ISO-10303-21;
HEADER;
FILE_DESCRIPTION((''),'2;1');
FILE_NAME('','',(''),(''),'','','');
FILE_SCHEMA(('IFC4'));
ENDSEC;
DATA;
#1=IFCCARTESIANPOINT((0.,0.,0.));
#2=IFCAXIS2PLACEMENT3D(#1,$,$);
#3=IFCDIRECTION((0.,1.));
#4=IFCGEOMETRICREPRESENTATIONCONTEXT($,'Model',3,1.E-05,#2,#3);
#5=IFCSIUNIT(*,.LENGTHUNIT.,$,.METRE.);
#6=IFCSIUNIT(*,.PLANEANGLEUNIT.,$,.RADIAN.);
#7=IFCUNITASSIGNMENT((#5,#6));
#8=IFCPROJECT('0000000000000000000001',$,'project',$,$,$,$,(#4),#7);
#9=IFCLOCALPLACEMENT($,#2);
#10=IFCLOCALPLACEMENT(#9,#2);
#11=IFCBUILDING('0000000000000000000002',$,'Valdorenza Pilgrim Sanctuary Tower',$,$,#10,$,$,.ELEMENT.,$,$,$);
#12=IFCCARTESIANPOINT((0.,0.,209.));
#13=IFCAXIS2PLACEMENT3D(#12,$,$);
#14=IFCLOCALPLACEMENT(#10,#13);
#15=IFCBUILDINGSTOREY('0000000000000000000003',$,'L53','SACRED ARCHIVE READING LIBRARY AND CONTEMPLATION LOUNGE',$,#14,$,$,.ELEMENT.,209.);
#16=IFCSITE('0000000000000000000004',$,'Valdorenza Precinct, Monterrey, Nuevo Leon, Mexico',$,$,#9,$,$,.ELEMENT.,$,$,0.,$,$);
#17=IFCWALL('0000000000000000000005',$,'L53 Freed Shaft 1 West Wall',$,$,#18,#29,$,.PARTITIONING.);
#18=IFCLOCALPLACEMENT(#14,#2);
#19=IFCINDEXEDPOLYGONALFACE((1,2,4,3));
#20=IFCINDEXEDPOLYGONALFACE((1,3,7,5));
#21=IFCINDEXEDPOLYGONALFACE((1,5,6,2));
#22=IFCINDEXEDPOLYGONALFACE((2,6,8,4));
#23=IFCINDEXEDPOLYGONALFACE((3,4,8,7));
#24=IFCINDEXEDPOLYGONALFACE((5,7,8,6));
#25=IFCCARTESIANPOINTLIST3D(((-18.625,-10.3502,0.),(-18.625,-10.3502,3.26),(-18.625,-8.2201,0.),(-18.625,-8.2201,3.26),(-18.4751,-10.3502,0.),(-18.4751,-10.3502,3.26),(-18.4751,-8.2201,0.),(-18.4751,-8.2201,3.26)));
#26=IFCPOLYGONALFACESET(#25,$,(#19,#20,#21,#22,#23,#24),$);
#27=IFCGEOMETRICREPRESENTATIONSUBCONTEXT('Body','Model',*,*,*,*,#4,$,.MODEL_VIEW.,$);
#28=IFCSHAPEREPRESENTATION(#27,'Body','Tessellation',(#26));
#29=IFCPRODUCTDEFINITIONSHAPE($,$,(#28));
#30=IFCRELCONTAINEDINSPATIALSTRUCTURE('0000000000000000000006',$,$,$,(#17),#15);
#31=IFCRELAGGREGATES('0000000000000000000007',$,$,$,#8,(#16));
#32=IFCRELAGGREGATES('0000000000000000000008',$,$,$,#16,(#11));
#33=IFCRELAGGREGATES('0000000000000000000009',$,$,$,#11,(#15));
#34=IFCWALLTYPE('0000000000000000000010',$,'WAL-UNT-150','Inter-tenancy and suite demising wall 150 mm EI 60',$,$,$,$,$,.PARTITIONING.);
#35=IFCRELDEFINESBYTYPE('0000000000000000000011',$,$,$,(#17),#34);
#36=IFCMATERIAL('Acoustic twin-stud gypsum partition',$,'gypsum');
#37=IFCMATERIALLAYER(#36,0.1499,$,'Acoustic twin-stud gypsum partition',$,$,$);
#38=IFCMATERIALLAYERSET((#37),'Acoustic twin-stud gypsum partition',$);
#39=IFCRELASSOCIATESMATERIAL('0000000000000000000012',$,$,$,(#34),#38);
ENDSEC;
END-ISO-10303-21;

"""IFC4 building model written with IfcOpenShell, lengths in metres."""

from ifc_helpers import new_model, si_unit, direction, frame, frame_2d, origin, place, context, subcontext, project, spatial, rectangle, extrude, material, layer, layer_set, type_object, element, save


model = new_model("IFC4")

# Units and contexts
model_context = context("Model", 3, precision=1e-05, world=origin(), true_north=direction((0.0, 1.0)))
body_context = subcontext(model_context, "Body", "Model", "MODEL_VIEW")
ifc_project = project(units=[si_unit("LENGTHUNIT", "METRE"), si_unit("PLANEANGLEUNIT", "RADIAN")], contexts=[model_context])

# Site, building, storey
site_placement = place(None, origin())
site = spatial("IfcSite", under=ifc_project, at=site_placement, Name="Valdorenza Precinct, Monterrey, Nuevo Leon, Mexico", CompositionType="ELEMENT", RefElevation=0.0)
building_placement = place(site_placement, origin())
building = spatial("IfcBuilding", under=site, at=building_placement, Name="Valdorenza Pilgrim Sanctuary Tower", CompositionType="ELEMENT")
storey_placement = place(building_placement, frame((0.0, 0.0, 209.0)))
storey = spatial("IfcBuildingStorey", under=building, at=storey_placement, Name="L53", Description="SACRED ARCHIVE READING LIBRARY AND CONTEMPLATION LOUNGE", CompositionType="ELEMENT", Elevation=209.0)

# Shared definitions
ifc_material_1 = material(Name="Acoustic twin-stud gypsum partition", Category="gypsum")

# Wall
ifc_layer_1 = layer(ifc_material_1, 0.1499, Name="Acoustic twin-stud gypsum partition")
ifc_layer_set_1 = layer_set([ifc_layer_1], Name="Acoustic twin-stud gypsum partition")
wall_type_1 = type_object("IfcWallType", Name="WAL-UNT-150", Description="Inter-tenancy and suite demising wall 150 mm EI 60", PredefinedType="PARTITIONING", material=ifc_layer_set_1)
wall_1_placement = place(storey_placement, frame((-18.55, -10.3501, 0.0), z_axis=(0.0, 0.0, 1.0), x_axis=(0.0, 1.0, 0.0)))
element("IfcWall", 1, at=wall_1_placement, inside=storey, type_object=wall_type_1, Name="L53 Freed Shaft 1 West Wall", PredefinedType="PARTITIONING", context=body_context, shape_type="SweptSolid", body=[
    extrude(rectangle(XDim=2.1301, YDim=0.1499, at=frame_2d((1.0649, 0.0))), origin(), (0.0, 0.0, 1.0), 3.26),
])

save(model, "model.ifc")
